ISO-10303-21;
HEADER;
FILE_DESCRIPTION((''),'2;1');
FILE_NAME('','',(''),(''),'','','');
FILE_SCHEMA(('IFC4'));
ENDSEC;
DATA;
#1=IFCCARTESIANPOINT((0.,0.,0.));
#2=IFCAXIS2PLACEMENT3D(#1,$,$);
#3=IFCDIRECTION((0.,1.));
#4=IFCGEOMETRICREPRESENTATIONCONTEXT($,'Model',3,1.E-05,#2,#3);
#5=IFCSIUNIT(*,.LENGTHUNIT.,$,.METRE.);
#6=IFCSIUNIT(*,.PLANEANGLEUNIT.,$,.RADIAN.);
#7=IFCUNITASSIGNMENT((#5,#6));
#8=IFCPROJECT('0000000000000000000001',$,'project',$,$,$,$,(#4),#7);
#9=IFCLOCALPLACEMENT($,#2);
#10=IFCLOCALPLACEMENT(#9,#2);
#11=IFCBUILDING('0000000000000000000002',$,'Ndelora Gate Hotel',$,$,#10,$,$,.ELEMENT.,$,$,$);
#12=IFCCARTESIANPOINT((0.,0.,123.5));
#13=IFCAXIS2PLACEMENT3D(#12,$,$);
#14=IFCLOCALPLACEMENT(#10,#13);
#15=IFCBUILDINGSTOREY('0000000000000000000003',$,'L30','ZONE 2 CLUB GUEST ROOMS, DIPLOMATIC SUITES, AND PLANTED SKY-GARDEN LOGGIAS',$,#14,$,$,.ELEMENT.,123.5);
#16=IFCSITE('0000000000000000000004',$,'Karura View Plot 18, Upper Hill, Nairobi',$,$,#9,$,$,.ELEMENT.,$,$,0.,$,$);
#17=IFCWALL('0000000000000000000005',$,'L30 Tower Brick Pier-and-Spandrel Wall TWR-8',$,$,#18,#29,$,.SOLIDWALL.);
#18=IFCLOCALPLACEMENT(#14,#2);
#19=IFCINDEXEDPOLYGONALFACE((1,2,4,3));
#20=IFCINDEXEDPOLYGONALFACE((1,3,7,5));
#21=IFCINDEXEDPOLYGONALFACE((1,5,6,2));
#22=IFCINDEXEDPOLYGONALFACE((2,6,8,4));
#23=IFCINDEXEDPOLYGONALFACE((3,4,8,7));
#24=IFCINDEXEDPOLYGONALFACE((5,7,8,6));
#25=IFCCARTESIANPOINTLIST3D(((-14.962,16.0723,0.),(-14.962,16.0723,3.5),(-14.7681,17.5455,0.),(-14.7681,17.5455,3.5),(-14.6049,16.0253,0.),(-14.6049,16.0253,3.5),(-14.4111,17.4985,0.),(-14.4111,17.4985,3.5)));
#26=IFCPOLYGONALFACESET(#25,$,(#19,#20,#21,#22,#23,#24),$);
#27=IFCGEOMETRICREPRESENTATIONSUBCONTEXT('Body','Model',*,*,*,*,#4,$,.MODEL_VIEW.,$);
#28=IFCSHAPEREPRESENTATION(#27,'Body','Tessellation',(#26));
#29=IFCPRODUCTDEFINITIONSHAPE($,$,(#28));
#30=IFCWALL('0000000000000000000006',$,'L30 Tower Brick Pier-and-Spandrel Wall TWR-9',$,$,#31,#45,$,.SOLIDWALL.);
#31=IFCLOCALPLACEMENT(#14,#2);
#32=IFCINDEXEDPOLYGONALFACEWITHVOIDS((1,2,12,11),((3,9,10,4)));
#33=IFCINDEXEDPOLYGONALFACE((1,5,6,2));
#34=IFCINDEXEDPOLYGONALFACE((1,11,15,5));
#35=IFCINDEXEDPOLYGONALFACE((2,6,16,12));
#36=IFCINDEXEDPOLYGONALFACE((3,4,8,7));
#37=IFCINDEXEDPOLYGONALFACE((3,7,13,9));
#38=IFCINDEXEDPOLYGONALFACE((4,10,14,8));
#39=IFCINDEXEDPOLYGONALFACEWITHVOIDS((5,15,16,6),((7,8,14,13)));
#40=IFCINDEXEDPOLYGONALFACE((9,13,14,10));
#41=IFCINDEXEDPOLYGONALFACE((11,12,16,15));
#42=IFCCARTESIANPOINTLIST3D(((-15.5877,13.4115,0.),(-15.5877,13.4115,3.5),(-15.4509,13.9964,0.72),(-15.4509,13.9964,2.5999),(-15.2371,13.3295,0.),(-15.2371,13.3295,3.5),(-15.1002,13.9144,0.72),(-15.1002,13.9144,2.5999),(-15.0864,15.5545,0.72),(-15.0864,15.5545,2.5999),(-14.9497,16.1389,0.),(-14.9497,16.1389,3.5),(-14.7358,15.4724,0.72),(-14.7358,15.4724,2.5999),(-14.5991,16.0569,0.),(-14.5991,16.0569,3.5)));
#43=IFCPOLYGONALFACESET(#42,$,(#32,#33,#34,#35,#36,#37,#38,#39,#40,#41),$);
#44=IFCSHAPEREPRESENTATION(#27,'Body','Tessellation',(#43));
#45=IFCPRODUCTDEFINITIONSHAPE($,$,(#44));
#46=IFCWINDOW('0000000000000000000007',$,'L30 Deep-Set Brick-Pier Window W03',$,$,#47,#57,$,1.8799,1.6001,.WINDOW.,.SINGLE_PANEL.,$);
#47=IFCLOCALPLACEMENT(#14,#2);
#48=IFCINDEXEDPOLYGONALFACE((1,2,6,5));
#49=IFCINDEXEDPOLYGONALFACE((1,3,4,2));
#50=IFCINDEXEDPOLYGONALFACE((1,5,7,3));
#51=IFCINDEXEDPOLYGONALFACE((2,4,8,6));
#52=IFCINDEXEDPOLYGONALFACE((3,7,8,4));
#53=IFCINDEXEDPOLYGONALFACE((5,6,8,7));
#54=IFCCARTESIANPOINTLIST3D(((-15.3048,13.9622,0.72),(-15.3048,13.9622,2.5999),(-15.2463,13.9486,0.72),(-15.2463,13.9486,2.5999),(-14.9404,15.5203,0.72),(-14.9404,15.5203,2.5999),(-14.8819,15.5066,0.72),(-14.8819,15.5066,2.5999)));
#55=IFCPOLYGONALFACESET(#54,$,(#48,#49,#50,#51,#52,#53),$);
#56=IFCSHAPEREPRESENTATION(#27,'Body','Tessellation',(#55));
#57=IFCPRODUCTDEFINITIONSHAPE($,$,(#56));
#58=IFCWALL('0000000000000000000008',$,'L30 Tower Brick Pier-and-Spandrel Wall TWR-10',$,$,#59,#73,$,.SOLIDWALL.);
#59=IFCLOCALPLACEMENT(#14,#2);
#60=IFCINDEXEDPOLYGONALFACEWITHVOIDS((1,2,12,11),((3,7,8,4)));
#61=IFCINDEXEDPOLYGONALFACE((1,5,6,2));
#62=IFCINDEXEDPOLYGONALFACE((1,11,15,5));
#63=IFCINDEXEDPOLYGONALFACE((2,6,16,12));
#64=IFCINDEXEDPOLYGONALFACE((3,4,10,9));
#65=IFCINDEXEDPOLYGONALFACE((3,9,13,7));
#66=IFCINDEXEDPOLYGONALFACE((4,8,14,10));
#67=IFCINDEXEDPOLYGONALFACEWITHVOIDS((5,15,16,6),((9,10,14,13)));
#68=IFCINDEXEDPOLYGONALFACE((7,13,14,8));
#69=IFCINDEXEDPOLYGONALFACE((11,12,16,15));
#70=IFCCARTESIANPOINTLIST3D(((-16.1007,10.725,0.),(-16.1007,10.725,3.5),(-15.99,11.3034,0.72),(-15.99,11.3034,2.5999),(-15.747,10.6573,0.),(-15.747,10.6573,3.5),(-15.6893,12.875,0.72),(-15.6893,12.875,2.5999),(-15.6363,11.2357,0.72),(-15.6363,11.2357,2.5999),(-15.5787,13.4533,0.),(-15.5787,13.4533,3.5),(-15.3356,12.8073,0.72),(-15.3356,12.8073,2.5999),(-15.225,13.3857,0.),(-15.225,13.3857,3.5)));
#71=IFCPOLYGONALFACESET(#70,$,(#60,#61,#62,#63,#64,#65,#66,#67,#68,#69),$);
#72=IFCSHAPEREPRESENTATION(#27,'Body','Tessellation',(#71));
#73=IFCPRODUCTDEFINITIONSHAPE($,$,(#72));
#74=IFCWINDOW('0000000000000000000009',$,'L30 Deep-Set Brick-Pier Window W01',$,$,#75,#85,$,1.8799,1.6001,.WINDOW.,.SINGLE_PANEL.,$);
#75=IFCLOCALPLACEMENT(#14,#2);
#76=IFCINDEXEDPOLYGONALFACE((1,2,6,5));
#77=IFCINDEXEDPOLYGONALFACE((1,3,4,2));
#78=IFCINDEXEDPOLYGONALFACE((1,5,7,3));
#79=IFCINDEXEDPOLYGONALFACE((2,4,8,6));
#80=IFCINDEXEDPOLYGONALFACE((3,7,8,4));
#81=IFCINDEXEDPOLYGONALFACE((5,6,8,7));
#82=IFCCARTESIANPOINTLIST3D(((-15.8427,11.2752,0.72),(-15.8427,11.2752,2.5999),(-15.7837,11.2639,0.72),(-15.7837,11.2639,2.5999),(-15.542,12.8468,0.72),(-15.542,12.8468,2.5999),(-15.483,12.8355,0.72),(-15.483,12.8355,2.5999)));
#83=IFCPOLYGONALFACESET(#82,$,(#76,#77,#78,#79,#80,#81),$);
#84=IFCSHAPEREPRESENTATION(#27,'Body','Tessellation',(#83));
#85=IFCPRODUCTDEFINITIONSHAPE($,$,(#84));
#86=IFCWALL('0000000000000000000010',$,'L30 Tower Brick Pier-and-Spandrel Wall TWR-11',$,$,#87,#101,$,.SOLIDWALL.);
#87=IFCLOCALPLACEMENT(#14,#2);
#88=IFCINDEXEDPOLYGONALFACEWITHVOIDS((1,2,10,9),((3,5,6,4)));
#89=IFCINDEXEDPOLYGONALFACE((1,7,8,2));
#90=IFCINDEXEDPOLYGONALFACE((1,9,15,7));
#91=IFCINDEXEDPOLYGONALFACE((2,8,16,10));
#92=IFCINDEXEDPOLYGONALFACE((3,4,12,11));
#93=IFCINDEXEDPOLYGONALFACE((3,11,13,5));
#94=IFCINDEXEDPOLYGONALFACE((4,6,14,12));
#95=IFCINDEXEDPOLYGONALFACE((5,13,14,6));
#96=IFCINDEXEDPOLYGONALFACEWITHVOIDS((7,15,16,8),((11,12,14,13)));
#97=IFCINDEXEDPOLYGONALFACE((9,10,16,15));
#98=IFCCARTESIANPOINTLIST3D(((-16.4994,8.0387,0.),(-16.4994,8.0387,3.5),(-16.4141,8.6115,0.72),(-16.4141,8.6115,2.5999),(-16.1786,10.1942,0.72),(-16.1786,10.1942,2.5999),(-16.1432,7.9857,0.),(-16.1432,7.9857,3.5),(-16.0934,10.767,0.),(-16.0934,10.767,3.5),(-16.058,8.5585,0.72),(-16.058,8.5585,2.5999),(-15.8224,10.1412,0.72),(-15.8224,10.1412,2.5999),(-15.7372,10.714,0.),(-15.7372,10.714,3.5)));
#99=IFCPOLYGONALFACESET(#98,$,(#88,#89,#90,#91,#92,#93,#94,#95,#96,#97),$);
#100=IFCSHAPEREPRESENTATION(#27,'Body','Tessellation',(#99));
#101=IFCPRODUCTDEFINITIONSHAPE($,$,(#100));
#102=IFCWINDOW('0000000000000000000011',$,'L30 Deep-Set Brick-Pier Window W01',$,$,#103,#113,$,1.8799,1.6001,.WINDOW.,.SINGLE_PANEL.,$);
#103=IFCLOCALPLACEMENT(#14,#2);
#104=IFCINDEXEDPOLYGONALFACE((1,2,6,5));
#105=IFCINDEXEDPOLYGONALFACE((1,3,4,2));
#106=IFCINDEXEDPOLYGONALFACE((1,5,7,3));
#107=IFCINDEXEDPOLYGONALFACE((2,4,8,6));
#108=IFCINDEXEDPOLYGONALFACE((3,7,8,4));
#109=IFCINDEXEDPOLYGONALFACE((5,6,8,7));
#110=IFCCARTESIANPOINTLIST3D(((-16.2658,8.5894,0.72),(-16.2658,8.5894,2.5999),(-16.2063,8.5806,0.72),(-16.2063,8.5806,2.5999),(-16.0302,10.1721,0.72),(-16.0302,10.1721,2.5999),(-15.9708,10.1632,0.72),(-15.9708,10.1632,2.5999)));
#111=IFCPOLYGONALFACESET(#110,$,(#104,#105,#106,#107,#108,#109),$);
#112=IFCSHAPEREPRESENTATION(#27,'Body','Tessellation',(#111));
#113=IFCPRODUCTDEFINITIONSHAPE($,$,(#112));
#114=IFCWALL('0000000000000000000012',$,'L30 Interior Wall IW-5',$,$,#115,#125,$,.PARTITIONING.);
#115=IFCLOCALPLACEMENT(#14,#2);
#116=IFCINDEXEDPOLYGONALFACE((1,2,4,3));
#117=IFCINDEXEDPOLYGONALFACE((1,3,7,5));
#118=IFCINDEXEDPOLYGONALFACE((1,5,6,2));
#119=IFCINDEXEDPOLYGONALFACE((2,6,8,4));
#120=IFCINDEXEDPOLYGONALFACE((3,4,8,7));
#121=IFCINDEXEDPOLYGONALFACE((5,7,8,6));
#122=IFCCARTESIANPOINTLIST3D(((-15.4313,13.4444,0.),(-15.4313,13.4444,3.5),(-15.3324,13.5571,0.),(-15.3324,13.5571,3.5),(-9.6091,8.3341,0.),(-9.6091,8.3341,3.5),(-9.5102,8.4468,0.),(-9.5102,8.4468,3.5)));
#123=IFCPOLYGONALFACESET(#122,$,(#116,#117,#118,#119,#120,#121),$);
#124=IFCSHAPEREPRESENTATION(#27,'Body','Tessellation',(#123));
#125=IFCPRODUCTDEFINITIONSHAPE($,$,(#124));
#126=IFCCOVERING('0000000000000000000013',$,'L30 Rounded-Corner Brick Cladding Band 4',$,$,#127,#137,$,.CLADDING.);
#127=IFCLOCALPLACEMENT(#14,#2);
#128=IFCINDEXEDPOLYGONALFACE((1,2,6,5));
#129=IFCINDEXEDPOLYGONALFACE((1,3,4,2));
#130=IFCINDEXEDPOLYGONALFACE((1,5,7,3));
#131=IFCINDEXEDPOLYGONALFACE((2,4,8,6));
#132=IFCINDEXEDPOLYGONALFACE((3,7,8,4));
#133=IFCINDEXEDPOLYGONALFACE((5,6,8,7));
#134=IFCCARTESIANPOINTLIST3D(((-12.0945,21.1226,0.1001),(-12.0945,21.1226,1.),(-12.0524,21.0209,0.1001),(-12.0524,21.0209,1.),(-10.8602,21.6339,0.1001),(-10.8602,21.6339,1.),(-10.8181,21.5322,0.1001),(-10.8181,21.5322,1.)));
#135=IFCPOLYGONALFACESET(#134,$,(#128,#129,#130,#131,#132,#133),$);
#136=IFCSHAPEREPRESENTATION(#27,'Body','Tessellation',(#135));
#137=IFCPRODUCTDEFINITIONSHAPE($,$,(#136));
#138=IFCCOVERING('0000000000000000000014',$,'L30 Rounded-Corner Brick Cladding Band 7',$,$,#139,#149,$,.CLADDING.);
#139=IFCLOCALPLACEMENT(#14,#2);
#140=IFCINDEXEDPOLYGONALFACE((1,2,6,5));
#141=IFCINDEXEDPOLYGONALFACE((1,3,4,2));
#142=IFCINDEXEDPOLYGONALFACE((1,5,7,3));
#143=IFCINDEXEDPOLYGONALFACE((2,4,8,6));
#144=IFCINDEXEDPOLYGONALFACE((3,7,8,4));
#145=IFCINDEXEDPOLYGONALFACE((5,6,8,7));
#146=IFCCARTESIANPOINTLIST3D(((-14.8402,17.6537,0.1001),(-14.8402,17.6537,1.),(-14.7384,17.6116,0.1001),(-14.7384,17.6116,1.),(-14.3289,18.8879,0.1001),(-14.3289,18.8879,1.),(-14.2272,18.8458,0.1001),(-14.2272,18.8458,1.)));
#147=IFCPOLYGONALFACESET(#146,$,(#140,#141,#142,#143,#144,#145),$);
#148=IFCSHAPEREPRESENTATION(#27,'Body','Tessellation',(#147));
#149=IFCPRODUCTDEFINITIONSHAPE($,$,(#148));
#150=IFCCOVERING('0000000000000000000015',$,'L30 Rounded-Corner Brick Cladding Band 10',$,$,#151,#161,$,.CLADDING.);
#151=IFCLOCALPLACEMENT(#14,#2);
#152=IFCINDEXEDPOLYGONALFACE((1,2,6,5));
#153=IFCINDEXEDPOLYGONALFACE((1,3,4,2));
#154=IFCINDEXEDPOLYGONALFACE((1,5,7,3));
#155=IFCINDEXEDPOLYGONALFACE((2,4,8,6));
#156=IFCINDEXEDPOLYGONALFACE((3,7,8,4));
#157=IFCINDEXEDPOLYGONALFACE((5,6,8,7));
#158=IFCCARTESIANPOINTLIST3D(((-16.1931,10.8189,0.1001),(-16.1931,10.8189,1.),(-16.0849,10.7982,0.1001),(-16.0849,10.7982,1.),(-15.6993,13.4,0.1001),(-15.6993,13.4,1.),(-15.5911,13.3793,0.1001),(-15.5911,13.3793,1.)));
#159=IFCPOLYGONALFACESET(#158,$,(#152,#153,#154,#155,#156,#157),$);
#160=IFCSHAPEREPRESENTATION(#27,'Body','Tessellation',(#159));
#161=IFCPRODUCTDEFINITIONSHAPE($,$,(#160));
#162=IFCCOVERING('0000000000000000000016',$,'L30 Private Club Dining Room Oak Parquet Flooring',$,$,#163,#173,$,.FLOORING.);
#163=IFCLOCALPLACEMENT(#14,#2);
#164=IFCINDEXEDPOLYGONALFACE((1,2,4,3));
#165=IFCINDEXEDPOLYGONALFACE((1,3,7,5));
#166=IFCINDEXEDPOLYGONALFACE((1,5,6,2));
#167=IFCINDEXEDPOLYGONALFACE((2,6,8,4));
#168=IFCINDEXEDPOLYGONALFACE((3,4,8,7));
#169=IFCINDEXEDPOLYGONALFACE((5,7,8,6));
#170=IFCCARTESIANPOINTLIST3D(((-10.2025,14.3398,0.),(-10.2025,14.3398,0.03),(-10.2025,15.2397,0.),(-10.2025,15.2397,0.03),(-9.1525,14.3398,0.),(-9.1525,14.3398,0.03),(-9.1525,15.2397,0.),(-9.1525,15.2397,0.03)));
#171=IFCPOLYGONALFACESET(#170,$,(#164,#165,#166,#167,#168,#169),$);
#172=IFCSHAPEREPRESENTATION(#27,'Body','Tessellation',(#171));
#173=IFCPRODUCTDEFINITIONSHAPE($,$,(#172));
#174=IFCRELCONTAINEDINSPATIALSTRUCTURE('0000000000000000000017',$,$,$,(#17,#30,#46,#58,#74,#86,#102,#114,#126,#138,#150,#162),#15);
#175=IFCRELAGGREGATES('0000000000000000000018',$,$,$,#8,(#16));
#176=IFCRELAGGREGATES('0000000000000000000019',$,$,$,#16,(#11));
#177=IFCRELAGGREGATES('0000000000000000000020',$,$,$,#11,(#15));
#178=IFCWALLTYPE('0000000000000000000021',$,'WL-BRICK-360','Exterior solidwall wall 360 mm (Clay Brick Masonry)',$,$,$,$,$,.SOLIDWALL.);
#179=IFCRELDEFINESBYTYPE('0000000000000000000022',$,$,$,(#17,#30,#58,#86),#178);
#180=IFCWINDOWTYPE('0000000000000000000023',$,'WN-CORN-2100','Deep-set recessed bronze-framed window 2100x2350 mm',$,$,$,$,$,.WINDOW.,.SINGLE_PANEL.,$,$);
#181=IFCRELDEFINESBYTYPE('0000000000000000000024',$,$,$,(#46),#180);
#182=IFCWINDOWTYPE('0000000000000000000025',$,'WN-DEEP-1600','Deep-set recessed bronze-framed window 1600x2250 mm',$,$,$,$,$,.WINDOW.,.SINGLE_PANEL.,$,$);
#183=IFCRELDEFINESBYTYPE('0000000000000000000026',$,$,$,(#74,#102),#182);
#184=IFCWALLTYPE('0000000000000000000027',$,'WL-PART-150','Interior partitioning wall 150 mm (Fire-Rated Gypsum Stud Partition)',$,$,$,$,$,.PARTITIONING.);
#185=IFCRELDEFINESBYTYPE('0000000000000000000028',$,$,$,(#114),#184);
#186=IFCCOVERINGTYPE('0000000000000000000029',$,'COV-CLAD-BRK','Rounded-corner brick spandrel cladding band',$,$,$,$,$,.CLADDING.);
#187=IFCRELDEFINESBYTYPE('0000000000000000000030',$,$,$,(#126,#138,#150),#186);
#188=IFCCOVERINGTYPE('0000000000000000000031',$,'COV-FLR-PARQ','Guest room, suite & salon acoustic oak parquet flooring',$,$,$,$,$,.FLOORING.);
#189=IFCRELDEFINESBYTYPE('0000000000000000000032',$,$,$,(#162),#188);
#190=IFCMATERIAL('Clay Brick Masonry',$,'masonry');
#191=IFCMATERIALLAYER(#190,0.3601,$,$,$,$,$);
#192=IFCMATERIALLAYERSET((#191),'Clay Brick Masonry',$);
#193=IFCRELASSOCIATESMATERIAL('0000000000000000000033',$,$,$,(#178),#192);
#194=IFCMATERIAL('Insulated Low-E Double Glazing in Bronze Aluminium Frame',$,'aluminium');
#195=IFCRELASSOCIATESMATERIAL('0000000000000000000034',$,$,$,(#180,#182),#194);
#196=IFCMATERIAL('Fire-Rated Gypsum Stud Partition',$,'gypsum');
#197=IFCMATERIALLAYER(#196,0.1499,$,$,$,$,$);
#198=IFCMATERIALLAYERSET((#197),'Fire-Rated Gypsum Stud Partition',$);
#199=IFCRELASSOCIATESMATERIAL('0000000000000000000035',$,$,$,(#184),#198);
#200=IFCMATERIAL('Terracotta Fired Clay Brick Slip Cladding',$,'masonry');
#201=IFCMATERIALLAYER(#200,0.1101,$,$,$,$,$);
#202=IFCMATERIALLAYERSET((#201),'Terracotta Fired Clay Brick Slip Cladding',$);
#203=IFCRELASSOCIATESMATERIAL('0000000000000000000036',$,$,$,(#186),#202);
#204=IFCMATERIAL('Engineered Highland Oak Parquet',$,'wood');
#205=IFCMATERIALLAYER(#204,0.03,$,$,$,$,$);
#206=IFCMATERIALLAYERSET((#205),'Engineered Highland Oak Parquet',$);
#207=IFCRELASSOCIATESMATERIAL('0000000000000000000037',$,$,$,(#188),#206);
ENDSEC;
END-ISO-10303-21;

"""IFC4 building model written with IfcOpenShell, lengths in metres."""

from ifc_helpers import new_model, si_unit, direction, frame, frame_2d, origin, origin_2d, place, context, subcontext, project, spatial, rectangle, extrude, material, layer, layer_set, type_object, element, fill, save


model = new_model("IFC4")

# Units and contexts
model_context = context("Model", 3, precision=1e-05, world=origin(), true_north=direction((0.0, 1.0)))
body_context = subcontext(model_context, "Body", "Model", "MODEL_VIEW")
ifc_project = project(units=[si_unit("LENGTHUNIT", "METRE"), si_unit("PLANEANGLEUNIT", "RADIAN")], contexts=[model_context])

# Site, building, storey
site_placement = place(None, origin())
site = spatial("IfcSite", under=ifc_project, at=site_placement, Name="Karura View Plot 18, Upper Hill, Nairobi", CompositionType="ELEMENT", RefElevation=0.0)
building_placement = place(site_placement, origin())
building = spatial("IfcBuilding", under=site, at=building_placement, Name="Ndelora Gate Hotel", CompositionType="ELEMENT")
storey_placement = place(building_placement, frame((0.0, 0.0, 123.5)))
storey = spatial("IfcBuildingStorey", under=building, at=storey_placement, Name="L30", Description="ZONE 2 CLUB GUEST ROOMS, DIPLOMATIC SUITES, AND PLANTED SKY-GARDEN LOGGIAS", CompositionType="ELEMENT", Elevation=123.5)

# Wall
ifc_material_1 = material(Name="Clay Brick Masonry", Category="masonry")
ifc_layer_1 = layer(ifc_material_1, 0.3601)
ifc_layer_set_1 = layer_set([ifc_layer_1], Name="Clay Brick Masonry")
wall_type_1 = type_object("IfcWallType", Name="WL-BRICK-360", Description="Exterior solidwall wall 360 mm (Clay Brick Masonry)", PredefinedType="SOLIDWALL", material=ifc_layer_set_1)
wall_1_placement = place(storey_placement, frame((-14.7834, 16.0488, 0.0), z_axis=(0.0, 0.0, 1.0), x_axis=(0.130463, 0.991453, 0.0)))
element("IfcWall", 1, at=wall_1_placement, inside=storey, type_object=wall_type_1, Name="L30 Tower Brick Pier-and-Spandrel Wall TWR-8", PredefinedType="SOLIDWALL", context=body_context, shape_type="SweptSolid", body=[
    extrude(rectangle(XDim=1.4858, YDim=0.3601, at=frame_2d((0.7429, 0.0))), origin(), (0.0, 0.0, 1.0), 3.5),
])

# Walls, openings, windows
wall_2_placement = place(storey_placement, frame((-15.4124, 13.3706, 0.0), z_axis=(0.0, 0.0, 1.0), x_axis=(0.227761, 0.973717, 0.0)))
wall_2 = element("IfcWall", 2, at=wall_2_placement, inside=storey, type_object=wall_type_1, Name="L30 Tower Brick Pier-and-Spandrel Wall TWR-9", PredefinedType="SOLIDWALL", context=body_context, shape_type="SweptSolid", body=[
    extrude(rectangle(XDim=2.801, YDim=0.3601, at=frame_2d((1.4004, 0.0))), origin(), (0.0, 0.0, 1.0), 3.5),
])
opening_1_placement = place(wall_2_placement, frame((0.6006, 0.0, 0.72)))
opening_1 = element("IfcOpeningElement", 3, at=opening_1_placement, cuts=wall_2, PredefinedType="OPENING", context=body_context, shape_type="SweptSolid", body=[
    extrude(rectangle(XDim=1.6001, YDim=1.8799, at=frame_2d((0.8, 0.9399))), frame((0.0, 0.1899, 0.0), z_axis=(0.0, -1.0, 0.0), x_axis=(1.0, 0.0, 0.0)), (0.0, 0.0, 1.0), 0.3801),
])
ifc_material_2 = material(Name="Insulated Low-E Double Glazing in Bronze Aluminium Frame", Category="aluminium")
window_type_1 = type_object("IfcWindowType", Name="WN-CORN-2100", Description="Deep-set recessed bronze-framed window 2100x2350 mm", PartitioningType="SINGLE_PANEL", PredefinedType="WINDOW", material=ifc_material_2)
window_1_placement = place(opening_1_placement, origin())
window_1 = element("IfcWindow", 4, at=window_1_placement, inside=storey, type_object=window_type_1, Name="L30 Deep-Set Brick-Pier Window W03", OverallHeight=1.8799, OverallWidth=1.6001, PartitioningType="SINGLE_PANEL", PredefinedType="WINDOW", context=body_context, shape_type="SweptSolid", body=[
    extrude(rectangle(XDim=1.6001, YDim=1.8799, at=frame_2d((0.8, 0.9399))), frame((0.0, 0.03, 0.0), z_axis=(0.0, -1.0, 0.0), x_axis=(1.0, 0.0, 0.0)), (0.0, 0.0, 1.0), 0.0601),
])
fill(opening_1, window_1)
wall_3_placement = place(storey_placement, frame((-15.9238, 10.6912, 0.0), z_axis=(0.0, 0.0, 1.0), x_axis=(0.187912, 0.982186, 0.0)))
wall_3 = element("IfcWall", 5, at=wall_3_placement, inside=storey, type_object=wall_type_1, Name="L30 Tower Brick Pier-and-Spandrel Wall TWR-10", PredefinedType="SOLIDWALL", context=body_context, shape_type="SweptSolid", body=[
    extrude(rectangle(XDim=2.7778, YDim=0.3601, at=frame_2d((1.3889, 0.0))), origin(), (0.0, 0.0, 1.0), 3.5),
])
opening_2_placement = place(wall_3_placement, frame((0.5889, 0.0, 0.72)))
opening_2 = element("IfcOpeningElement", 6, at=opening_2_placement, cuts=wall_3, PredefinedType="OPENING", context=body_context, shape_type="SweptSolid", body=[
    extrude(rectangle(XDim=1.6001, YDim=1.8799, at=frame_2d((0.8, 0.9399))), frame((0.0, 0.1899, 0.0), z_axis=(0.0, -1.0, 0.0), x_axis=(1.0, 0.0, 0.0)), (0.0, 0.0, 1.0), 0.3801),
])
window_type_2 = type_object("IfcWindowType", Name="WN-DEEP-1600", Description="Deep-set recessed bronze-framed window 1600x2250 mm", PartitioningType="SINGLE_PANEL", PredefinedType="WINDOW", material=ifc_material_2)
window_2_placement = place(opening_2_placement, origin())
window_2 = element("IfcWindow", 7, at=window_2_placement, inside=storey, type_object=window_type_2, Name="L30 Deep-Set Brick-Pier Window W01", OverallHeight=1.8799, OverallWidth=1.6001, PartitioningType="SINGLE_PANEL", PredefinedType="WINDOW", context=body_context, shape_type="SweptSolid", body=[
    extrude(rectangle(XDim=1.6001, YDim=1.8799, at=frame_2d((0.8, 0.9399))), frame((0.0, 0.03, 0.0), z_axis=(0.0, -1.0, 0.0), x_axis=(1.0, 0.0, 0.0)), (0.0, 0.0, 1.0), 0.0601),
])
fill(opening_2, window_2)
wall_4_placement = place(storey_placement, frame((-16.3213, 8.0122, 0.0), z_axis=(0.0, 0.0, 1.0), x_axis=(0.147193, 0.989108, 0.0)))
wall_4 = element("IfcWall", 8, at=wall_4_placement, inside=storey, type_object=wall_type_1, Name="L30 Tower Brick Pier-and-Spandrel Wall TWR-11", PredefinedType="SOLIDWALL", context=body_context, shape_type="SweptSolid", body=[
    extrude(rectangle(XDim=2.7583, YDim=0.3601, at=frame_2d((1.3792, 0.0))), origin(), (0.0, 0.0, 1.0), 3.5),
])
opening_3_placement = place(wall_4_placement, frame((0.5791, 0.0, 0.72)))
opening_3 = element("IfcOpeningElement", 9, at=opening_3_placement, cuts=wall_4, PredefinedType="OPENING", context=body_context, shape_type="SweptSolid", body=[
    extrude(rectangle(XDim=1.6001, YDim=1.8799, at=frame_2d((0.8, 0.9399))), frame((0.0, 0.1899, 0.0), z_axis=(0.0, -1.0, 0.0), x_axis=(1.0, 0.0, 0.0)), (0.0, 0.0, 1.0), 0.3801),
])
window_3_placement = place(opening_3_placement, origin())
window_3 = element("IfcWindow", 10, at=window_3_placement, inside=storey, type_object=window_type_2, Name="L30 Deep-Set Brick-Pier Window W01", OverallHeight=1.8799, OverallWidth=1.6001, PartitioningType="SINGLE_PANEL", PredefinedType="WINDOW", context=body_context, shape_type="SweptSolid", body=[
    extrude(rectangle(XDim=1.6001, YDim=1.8799, at=frame_2d((0.8, 0.9399))), frame((0.0, 0.03, 0.0), z_axis=(0.0, -1.0, 0.0), x_axis=(1.0, 0.0, 0.0)), (0.0, 0.0, 1.0), 0.0601),
])
fill(opening_3, window_3)

# Wall
ifc_material_3 = material(Name="Fire-Rated Gypsum Stud Partition", Category="gypsum")
ifc_layer_2 = layer(ifc_material_3, 0.1499)
ifc_layer_set_2 = layer_set([ifc_layer_2], Name="Fire-Rated Gypsum Stud Partition")
wall_type_2 = type_object("IfcWallType", Name="WL-PART-150", Description="Interior partitioning wall 150 mm (Fire-Rated Gypsum Stud Partition)", PredefinedType="PARTITIONING", material=ifc_layer_set_2)
wall_5_placement = place(storey_placement, frame((-9.5596, 8.3904, 0.0), z_axis=(0.0, 0.0, 1.0), x_axis=(-0.751561, 0.659664, 0.0)))
element("IfcWall", 11, at=wall_5_placement, inside=storey, type_object=wall_type_2, Name="L30 Interior Wall IW-5", PredefinedType="PARTITIONING", context=body_context, shape_type="SweptSolid", body=[
    extrude(rectangle(XDim=7.7468, YDim=0.1499, at=frame_2d((3.8735, 0.0))), origin(), (0.0, 0.0, 1.0), 3.5),
])

# Coverings
ifc_material_4 = material(Name="Terracotta Fired Clay Brick Slip Cladding", Category="masonry")
ifc_layer_3 = layer(ifc_material_4, 0.1101)
ifc_layer_set_3 = layer_set([ifc_layer_3], Name="Terracotta Fired Clay Brick Slip Cladding")
covering_type_1 = type_object("IfcCoveringType", Name="COV-CLAD-BRK", Description="Rounded-corner brick spandrel cladding band", PredefinedType="CLADDING", material=ifc_layer_set_3)
for number, where, z_axis, x_axis, name in (
    (12, (-11.4563, 21.3274, 0.1001), (0.0, 0.0, 1.0), (0.92388, 0.382683, 0.0), "L30 Rounded-Corner Brick Cladding Band 4"),
    (13, (-14.5337, 18.2498, 0.1001), (0.0, 0.0, 1.0), (0.382683, 0.92388, 0.0), "L30 Rounded-Corner Brick Cladding Band 7"),
):
    element("IfcCovering", number, at=place(storey_placement, frame(where, z_axis=z_axis, x_axis=x_axis)), inside=storey, type_object=covering_type_1, Name=name, PredefinedType="CLADDING", context=body_context, shape_type="SweptSolid", body=[
        extrude(rectangle(XDim=1.3359, YDim=0.1101, at=origin_2d()), origin(), (0.0, 0.0, 1.0), 0.8999),
    ])
covering_placement = place(storey_placement, frame((-15.8921, 12.0991, 0.1001), z_axis=(0.0, 0.0, 1.0), x_axis=(0.187896, 0.982189, 0.0)))
element("IfcCovering", 14, at=covering_placement, inside=storey, type_object=covering_type_1, Name="L30 Rounded-Corner Brick Cladding Band 10", PredefinedType="CLADDING", context=body_context, shape_type="SweptSolid", body=[
    extrude(rectangle(XDim=2.6279, YDim=0.1101, at=origin_2d()), origin(), (0.0, 0.0, 1.0), 0.8999),
])
ifc_material_5 = material(Name="Engineered Highland Oak Parquet", Category="wood")
ifc_layer_4 = layer(ifc_material_5, 0.03)
ifc_layer_set_4 = layer_set([ifc_layer_4], Name="Engineered Highland Oak Parquet")
covering_type_2 = type_object("IfcCoveringType", Name="COV-FLR-PARQ", Description="Guest room, suite & salon acoustic oak parquet flooring", PredefinedType="FLOORING", material=ifc_layer_set_4)
for number, where, z_axis, x_axis, name in (
    (15, (-9.6775, 14.7898, 0.0), (0.0, 0.0, 1.0), (1.0, 0.0, 0.0), "L30 Private Club Dining Room Oak Parquet Flooring"),
):
    element("IfcCovering", number, at=place(storey_placement, frame(where, z_axis=z_axis, x_axis=x_axis)), inside=storey, type_object=covering_type_2, Name=name, PredefinedType="FLOORING", context=body_context, shape_type="SweptSolid", body=[
        extrude(rectangle(XDim=1.05, YDim=0.8999, at=origin_2d()), origin(), (0.0, 0.0, 1.0), 0.03),
    ])

save(model, "model.ifc")
